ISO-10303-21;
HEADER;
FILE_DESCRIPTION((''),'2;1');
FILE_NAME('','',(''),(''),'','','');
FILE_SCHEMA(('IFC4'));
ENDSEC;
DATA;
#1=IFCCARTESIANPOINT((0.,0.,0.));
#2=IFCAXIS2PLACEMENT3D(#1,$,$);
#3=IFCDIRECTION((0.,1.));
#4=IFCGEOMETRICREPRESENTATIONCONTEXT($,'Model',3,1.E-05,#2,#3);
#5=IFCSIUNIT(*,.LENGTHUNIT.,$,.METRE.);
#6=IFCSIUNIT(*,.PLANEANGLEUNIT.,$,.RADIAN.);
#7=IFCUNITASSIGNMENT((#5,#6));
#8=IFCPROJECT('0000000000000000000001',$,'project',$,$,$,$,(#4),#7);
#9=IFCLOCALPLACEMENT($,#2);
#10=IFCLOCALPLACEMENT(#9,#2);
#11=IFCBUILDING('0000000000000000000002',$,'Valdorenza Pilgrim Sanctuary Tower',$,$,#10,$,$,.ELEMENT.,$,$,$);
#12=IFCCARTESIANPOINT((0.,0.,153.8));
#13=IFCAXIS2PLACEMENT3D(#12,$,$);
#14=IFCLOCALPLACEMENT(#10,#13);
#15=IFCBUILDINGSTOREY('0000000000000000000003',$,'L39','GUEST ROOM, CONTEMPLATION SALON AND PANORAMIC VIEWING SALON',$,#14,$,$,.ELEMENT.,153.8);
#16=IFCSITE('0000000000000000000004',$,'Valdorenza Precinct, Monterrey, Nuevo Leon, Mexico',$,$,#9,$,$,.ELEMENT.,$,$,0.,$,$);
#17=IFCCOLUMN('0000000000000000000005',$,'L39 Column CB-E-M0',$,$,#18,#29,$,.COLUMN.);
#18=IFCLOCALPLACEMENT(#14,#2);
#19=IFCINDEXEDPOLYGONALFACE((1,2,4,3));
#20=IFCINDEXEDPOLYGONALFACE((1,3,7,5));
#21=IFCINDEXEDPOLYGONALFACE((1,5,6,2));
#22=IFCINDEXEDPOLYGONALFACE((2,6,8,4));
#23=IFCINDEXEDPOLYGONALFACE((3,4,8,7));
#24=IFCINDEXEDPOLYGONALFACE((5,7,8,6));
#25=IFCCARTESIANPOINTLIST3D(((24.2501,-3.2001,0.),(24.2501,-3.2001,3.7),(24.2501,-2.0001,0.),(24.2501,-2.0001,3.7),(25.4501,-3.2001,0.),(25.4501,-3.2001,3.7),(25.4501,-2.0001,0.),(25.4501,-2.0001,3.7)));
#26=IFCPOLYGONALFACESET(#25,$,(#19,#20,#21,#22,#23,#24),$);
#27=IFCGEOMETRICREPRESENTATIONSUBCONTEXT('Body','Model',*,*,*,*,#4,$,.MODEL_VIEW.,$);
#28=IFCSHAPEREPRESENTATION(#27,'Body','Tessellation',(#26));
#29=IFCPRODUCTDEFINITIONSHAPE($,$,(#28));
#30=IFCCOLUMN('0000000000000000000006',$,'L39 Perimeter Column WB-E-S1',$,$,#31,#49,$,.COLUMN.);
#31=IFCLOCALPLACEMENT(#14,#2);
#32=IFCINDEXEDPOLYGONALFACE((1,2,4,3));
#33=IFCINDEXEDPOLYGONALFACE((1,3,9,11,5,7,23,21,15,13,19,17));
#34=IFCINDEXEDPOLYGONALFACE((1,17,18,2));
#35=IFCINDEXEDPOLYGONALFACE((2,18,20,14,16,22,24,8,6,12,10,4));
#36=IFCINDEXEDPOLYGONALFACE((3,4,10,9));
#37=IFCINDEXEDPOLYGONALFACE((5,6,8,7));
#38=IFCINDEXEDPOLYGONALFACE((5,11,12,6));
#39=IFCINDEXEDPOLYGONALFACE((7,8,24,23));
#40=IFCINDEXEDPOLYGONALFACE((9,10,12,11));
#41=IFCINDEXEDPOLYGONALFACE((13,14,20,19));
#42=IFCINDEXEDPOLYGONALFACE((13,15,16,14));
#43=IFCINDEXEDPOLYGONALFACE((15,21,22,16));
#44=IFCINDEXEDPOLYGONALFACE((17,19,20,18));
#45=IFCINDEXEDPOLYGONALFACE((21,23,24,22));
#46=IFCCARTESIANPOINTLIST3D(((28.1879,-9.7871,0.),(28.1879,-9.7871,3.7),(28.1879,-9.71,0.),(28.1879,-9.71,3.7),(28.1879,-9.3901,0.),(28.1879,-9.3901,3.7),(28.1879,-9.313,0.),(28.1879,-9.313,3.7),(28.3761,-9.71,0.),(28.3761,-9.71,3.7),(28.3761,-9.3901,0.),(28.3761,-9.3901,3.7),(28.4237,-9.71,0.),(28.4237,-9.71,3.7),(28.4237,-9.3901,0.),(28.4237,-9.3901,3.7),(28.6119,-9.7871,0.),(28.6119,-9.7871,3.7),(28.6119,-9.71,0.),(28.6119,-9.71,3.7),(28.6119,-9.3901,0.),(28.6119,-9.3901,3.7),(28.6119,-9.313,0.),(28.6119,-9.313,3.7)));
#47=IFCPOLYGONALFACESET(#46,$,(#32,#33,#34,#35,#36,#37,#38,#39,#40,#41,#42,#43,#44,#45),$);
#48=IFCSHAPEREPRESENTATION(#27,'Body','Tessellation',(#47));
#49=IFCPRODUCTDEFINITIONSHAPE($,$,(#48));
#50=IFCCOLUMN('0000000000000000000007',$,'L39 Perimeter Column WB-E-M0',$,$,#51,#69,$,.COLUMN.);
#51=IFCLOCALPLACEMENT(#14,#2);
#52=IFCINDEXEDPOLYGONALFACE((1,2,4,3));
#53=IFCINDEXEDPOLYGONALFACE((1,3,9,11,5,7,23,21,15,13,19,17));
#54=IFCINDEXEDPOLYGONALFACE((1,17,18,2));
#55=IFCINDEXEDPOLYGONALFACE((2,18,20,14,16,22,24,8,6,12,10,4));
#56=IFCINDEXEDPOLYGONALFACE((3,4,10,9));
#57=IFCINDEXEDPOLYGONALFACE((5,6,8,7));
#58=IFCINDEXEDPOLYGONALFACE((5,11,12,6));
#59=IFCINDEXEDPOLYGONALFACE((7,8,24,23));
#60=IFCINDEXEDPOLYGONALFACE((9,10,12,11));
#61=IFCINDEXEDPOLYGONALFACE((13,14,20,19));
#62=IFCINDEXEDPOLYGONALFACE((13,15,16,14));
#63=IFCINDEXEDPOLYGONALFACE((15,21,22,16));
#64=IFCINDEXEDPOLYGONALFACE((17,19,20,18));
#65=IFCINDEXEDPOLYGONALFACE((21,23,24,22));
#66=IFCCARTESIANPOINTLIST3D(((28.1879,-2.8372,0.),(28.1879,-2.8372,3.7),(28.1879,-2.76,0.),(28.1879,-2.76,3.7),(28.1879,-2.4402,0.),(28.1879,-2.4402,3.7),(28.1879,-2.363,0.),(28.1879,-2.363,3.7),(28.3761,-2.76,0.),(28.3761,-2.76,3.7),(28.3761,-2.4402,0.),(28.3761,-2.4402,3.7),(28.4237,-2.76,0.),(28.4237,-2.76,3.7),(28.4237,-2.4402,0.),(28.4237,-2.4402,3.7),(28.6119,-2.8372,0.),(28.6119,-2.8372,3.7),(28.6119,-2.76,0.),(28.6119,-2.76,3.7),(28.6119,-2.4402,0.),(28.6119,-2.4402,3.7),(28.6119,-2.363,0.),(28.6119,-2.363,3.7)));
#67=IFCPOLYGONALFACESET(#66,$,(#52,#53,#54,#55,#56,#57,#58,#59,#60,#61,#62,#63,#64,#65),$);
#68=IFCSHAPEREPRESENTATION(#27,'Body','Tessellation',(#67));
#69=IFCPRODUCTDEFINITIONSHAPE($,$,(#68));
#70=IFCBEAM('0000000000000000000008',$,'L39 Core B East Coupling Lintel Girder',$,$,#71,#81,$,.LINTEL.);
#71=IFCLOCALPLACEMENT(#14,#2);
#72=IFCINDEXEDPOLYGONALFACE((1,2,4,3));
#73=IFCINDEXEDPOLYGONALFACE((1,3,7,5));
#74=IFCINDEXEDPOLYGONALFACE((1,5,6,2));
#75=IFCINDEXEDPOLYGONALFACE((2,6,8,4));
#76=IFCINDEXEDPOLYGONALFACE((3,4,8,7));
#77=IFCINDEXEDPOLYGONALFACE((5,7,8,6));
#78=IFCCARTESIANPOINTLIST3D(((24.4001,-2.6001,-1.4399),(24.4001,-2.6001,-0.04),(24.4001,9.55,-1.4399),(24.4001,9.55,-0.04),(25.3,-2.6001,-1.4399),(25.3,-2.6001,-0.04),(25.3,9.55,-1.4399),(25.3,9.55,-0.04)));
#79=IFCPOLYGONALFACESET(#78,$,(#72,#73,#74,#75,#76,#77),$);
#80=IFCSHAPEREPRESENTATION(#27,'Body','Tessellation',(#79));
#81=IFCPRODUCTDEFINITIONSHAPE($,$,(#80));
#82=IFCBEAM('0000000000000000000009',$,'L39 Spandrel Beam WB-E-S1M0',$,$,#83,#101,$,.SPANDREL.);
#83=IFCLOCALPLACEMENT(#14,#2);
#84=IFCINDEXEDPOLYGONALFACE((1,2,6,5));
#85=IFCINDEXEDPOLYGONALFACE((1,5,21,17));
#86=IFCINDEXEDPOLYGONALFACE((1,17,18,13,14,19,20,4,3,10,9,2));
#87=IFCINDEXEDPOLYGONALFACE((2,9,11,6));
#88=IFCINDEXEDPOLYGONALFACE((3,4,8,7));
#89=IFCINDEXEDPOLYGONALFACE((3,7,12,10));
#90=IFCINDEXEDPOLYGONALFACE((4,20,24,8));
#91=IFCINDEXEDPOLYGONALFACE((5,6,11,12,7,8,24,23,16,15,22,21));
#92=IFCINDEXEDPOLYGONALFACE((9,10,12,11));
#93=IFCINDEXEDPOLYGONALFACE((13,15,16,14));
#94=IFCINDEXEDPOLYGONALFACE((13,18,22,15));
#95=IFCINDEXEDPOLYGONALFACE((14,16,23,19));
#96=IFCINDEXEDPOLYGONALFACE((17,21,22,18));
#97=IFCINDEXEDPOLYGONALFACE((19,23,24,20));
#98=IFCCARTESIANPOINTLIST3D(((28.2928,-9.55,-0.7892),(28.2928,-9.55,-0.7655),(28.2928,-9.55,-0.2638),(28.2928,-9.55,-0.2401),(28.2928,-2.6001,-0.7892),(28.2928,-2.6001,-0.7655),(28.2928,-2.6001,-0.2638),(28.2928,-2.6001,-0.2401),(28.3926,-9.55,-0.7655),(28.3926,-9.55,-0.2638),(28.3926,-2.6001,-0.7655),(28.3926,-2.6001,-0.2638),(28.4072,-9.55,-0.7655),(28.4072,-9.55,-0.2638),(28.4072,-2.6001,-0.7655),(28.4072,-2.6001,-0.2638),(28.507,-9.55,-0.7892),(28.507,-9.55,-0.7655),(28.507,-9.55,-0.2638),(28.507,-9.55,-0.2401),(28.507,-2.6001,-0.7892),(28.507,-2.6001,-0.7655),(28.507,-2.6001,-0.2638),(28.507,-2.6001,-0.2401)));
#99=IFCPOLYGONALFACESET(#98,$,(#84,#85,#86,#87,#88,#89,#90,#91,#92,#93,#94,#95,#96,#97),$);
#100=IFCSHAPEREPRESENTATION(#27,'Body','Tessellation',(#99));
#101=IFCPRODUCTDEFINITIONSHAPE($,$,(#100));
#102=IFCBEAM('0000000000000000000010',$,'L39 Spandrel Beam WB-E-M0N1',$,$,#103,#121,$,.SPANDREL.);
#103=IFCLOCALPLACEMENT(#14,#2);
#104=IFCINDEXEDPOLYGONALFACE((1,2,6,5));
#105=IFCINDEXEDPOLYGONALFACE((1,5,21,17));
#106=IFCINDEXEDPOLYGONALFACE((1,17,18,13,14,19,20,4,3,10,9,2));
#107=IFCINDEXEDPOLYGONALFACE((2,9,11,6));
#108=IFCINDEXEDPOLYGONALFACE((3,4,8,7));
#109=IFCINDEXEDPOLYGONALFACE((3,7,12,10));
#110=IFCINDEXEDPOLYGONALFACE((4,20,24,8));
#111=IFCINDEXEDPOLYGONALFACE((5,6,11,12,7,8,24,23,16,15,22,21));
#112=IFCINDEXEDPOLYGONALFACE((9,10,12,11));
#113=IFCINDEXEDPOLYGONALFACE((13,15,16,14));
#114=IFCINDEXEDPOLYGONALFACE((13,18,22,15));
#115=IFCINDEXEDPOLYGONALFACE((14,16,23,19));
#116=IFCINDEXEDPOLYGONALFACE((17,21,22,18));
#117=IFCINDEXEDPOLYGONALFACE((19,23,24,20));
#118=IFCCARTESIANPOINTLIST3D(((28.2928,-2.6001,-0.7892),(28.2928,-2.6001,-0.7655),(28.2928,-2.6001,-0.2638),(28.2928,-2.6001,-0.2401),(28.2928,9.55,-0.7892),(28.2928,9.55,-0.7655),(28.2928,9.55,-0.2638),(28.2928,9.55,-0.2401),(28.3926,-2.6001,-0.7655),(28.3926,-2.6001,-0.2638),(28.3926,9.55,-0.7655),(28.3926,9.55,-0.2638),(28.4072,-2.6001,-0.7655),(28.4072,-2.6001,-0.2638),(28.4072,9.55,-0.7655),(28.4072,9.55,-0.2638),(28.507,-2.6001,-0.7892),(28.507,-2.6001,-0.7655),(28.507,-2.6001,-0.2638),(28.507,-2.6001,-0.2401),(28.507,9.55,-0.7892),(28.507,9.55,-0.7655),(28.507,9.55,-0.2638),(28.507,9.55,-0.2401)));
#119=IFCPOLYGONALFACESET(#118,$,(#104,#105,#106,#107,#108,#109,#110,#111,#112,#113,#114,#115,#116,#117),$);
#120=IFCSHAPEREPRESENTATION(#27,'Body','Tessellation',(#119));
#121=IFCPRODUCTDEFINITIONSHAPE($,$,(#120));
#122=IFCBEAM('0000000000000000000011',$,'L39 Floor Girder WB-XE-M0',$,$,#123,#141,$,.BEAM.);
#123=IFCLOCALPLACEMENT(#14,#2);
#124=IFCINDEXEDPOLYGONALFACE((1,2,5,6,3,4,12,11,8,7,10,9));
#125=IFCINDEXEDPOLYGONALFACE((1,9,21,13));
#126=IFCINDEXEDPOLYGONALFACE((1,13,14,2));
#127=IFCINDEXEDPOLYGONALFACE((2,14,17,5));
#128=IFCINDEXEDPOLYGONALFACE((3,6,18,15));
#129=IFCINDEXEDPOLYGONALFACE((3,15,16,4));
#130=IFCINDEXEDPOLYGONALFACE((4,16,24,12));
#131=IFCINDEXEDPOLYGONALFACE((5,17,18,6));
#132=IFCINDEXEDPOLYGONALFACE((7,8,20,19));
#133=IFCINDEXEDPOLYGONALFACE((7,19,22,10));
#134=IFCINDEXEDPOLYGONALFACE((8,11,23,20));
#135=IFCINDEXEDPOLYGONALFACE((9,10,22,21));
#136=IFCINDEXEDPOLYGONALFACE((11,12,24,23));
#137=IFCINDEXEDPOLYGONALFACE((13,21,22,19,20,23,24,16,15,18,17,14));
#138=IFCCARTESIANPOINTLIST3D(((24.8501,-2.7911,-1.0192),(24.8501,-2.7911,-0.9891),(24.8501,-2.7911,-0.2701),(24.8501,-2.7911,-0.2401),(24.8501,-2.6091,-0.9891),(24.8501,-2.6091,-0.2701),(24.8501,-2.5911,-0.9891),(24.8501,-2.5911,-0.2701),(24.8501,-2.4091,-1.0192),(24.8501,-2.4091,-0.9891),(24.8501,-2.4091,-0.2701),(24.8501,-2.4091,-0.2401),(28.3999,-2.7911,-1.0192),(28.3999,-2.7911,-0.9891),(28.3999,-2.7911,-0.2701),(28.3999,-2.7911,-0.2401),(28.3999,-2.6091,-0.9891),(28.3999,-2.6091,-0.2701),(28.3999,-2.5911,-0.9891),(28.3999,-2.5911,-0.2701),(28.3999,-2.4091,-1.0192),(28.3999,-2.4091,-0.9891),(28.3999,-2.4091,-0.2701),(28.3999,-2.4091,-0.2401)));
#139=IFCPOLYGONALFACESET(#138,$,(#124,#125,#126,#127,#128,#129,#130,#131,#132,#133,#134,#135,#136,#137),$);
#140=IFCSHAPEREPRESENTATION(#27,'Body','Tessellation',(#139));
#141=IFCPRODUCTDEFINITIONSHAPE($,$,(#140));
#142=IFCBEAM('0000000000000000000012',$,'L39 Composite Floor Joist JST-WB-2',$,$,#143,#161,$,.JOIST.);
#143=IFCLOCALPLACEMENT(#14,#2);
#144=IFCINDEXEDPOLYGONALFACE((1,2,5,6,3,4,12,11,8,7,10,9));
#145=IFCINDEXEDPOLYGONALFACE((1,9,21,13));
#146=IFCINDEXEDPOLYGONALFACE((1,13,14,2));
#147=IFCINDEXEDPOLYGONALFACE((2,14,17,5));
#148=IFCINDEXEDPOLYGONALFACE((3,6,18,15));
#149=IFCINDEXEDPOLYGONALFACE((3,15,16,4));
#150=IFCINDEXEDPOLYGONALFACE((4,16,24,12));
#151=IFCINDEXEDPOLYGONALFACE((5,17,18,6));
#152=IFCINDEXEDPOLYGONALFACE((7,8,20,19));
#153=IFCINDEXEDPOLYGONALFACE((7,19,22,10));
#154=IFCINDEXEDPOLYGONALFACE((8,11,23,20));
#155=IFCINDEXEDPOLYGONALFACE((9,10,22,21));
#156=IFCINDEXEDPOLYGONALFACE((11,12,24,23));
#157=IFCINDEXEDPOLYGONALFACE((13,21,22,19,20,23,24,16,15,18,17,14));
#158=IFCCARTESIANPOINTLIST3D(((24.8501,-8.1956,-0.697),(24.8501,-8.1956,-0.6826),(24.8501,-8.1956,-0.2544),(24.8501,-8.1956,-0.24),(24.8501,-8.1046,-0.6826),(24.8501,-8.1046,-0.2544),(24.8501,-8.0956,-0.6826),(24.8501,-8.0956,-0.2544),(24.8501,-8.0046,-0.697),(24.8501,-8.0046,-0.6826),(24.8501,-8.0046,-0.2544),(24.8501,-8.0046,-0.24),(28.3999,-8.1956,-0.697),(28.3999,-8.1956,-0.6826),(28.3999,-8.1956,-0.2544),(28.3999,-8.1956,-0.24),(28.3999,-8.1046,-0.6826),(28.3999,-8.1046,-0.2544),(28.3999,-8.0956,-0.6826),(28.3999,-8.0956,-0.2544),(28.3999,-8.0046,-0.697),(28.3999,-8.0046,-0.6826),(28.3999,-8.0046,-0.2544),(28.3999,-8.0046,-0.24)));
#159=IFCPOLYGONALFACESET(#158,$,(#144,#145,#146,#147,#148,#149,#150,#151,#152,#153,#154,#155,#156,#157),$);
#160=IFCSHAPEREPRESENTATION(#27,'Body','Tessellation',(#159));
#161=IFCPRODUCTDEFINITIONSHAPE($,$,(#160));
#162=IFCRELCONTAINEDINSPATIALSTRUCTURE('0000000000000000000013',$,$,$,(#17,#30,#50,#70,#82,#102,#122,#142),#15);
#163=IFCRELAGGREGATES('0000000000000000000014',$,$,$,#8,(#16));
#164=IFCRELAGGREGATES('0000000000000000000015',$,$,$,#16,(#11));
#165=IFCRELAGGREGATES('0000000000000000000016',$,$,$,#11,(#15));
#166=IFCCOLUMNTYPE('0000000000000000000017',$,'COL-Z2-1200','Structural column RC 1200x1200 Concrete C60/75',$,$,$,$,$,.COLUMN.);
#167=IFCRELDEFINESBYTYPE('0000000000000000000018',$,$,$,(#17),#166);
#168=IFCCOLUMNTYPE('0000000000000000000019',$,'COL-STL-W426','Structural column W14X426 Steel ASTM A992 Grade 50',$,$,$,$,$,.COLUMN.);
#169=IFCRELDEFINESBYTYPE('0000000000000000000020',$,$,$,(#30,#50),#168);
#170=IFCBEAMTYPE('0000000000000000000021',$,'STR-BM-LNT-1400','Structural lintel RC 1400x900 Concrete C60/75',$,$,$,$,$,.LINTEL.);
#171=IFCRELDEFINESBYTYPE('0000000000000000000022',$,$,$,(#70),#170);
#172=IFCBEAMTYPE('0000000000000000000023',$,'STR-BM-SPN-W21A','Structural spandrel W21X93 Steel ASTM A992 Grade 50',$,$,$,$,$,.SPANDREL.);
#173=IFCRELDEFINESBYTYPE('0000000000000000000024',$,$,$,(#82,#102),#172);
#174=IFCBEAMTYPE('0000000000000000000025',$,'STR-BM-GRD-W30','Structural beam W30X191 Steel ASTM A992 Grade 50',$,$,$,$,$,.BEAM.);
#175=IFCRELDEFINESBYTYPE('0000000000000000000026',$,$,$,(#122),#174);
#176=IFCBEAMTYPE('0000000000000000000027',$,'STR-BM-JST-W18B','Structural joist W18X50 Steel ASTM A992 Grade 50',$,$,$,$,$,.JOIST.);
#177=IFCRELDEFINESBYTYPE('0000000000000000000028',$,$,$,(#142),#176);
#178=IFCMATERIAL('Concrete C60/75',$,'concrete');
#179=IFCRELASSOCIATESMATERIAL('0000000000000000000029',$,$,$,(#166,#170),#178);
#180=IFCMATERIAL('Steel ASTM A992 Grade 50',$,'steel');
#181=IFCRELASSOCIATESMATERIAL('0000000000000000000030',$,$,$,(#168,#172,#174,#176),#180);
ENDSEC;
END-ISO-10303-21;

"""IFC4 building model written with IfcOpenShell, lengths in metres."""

from ifc_helpers import new_model, si_unit, direction, frame, origin, origin_2d, place, context, subcontext, project, spatial, rectangle, i_section, extrude, source, transform, mapped, material, material_profile, profile_set, type_object, element, save


model = new_model("IFC4")

# Units and contexts
model_context = context("Model", 3, precision=1e-05, world=origin(), true_north=direction((0.0, 1.0)))
body_context = subcontext(model_context, "Body", "Model", "MODEL_VIEW")
ifc_project = project(units=[si_unit("LENGTHUNIT", "METRE"), si_unit("PLANEANGLEUNIT", "RADIAN")], contexts=[model_context])

# Site, building, storey
site_placement = place(None, origin())
site = spatial("IfcSite", under=ifc_project, at=site_placement, Name="Valdorenza Precinct, Monterrey, Nuevo Leon, Mexico", CompositionType="ELEMENT", RefElevation=0.0)
building_placement = place(site_placement, origin())
building = spatial("IfcBuilding", under=site, at=building_placement, Name="Valdorenza Pilgrim Sanctuary Tower", CompositionType="ELEMENT")
storey_placement = place(building_placement, frame((0.0, 0.0, 153.8)))
storey = spatial("IfcBuildingStorey", under=building, at=storey_placement, Name="L39", Description="GUEST ROOM, CONTEMPLATION SALON AND PANORAMIC VIEWING SALON", CompositionType="ELEMENT", Elevation=153.8)

# Columns
ifc_material_1 = material(Name="Concrete C60/75", Category="concrete")
ifc_material_profile_1 = material_profile(ifc_material_1, rectangle(XDim=1.2, YDim=1.2, at=origin_2d()), Name="RC 1200x1200")
ifc_profile_set_1 = profile_set([ifc_material_profile_1], Name="Concrete C60/75")
column_type_1 = type_object("IfcColumnType", Name="COL-Z2-1200", Description="Structural column RC 1200x1200 Concrete C60/75", PredefinedType="COLUMN", material=ifc_profile_set_1)
shared_shape_1 = source(origin(), body_context, "Body", "SweptSolid", [
    extrude(rectangle(XDim=1.2, YDim=1.2, at=origin_2d()), origin(), (0.0, 0.0, 1.0), 3.7),
])
column_placement = place(storey_placement, frame((24.8501, -2.6001, 0.0), z_axis=(0.0, 0.0, 1.0), x_axis=(1.0, 0.0, 0.0)))
element("IfcColumn", 1, at=column_placement, inside=storey, type_object=column_type_1, Name="L39 Column CB-E-M0", PredefinedType="COLUMN", context=body_context, shape_type="MappedRepresentation", body=[
    mapped(shared_shape_1, transform((0.0, 0.0, 0.0), x_axis=(1.0, 0.0, 0.0), y_axis=(0.0, 1.0, 0.0), z_axis=(0.0, 0.0, 1.0), scale=1.0)),
])
ifc_material_2 = material(Name="Steel ASTM A992 Grade 50", Category="steel")
ifc_material_profile_2 = material_profile(ifc_material_2, i_section(OverallWidth=0.4241, OverallDepth=0.4741, WebThickness=0.0476, FlangeThickness=0.0771, at=origin_2d()), Name="W14X426")
ifc_profile_set_2 = profile_set([ifc_material_profile_2], Name="Steel ASTM A992 Grade 50")
column_type_2 = type_object("IfcColumnType", Name="COL-STL-W426", Description="Structural column W14X426 Steel ASTM A992 Grade 50", PredefinedType="COLUMN", material=ifc_profile_set_2)
shared_shape_2 = source(origin(), body_context, "Body", "SweptSolid", [
    extrude(i_section(OverallWidth=0.4241, OverallDepth=0.4741, WebThickness=0.0476, FlangeThickness=0.0771, at=origin_2d()), origin(), (0.0, 0.0, 1.0), 3.7),
])
for number, where, z_axis, x_axis, name in (
    (2, (28.3999, -9.55, 0.0), (0.0, 0.0, 1.0), (1.0, 0.0, 0.0), "L39 Perimeter Column WB-E-S1"),
    (3, (28.3999, -2.6001, 0.0), (0.0, 0.0, 1.0), (1.0, 0.0, 0.0), "L39 Perimeter Column WB-E-M0"),
):
    element("IfcColumn", number, at=place(storey_placement, frame(where, z_axis=z_axis, x_axis=x_axis)), inside=storey, type_object=column_type_2, Name=name, PredefinedType="COLUMN", context=body_context, shape_type="MappedRepresentation", body=[
        mapped(shared_shape_2, transform((0.0, 0.0, 0.0), x_axis=(1.0, 0.0, 0.0), y_axis=(0.0, 1.0, 0.0), z_axis=(0.0, 0.0, 1.0), scale=1.0)),
    ])

# Beams
ifc_material_profile_3 = material_profile(ifc_material_1, rectangle(XDim=0.8999, YDim=1.3999, at=origin_2d()), Name="RC 1400x900")
ifc_profile_set_3 = profile_set([ifc_material_profile_3], Name="Concrete C60/75")
beam_type_1 = type_object("IfcBeamType", Name="STR-BM-LNT-1400", Description="Structural lintel RC 1400x900 Concrete C60/75", PredefinedType="LINTEL", material=ifc_profile_set_3)
shared_shape_3 = source(origin(), body_context, "Body", "SweptSolid", [
    extrude(rectangle(XDim=0.8999, YDim=1.3999, at=origin_2d()), origin(), (0.0, 0.0, 1.0), 12.1501),
])
beam_1_placement = place(storey_placement, frame((24.8501, -2.6001, -0.74), z_axis=(0.0, 1.0, 0.0), x_axis=(-1.0, 0.0, 0.0)))
element("IfcBeam", 4, at=beam_1_placement, inside=storey, type_object=beam_type_1, Name="L39 Core B East Coupling Lintel Girder", PredefinedType="LINTEL", context=body_context, shape_type="MappedRepresentation", body=[
    mapped(shared_shape_3, transform((0.0, 0.0, 0.0), x_axis=(1.0, 0.0, 0.0), y_axis=(0.0, 1.0, 0.0), z_axis=(0.0, 0.0, 1.0), scale=1.0)),
])
ifc_material_profile_4 = material_profile(ifc_material_2, i_section(OverallWidth=0.2141, OverallDepth=0.5491, WebThickness=0.0146, FlangeThickness=0.0237, at=origin_2d()), Name="W21X93")
ifc_profile_set_4 = profile_set([ifc_material_profile_4], Name="Steel ASTM A992 Grade 50")
beam_type_2 = type_object("IfcBeamType", Name="STR-BM-SPN-W21A", Description="Structural spandrel W21X93 Steel ASTM A992 Grade 50", PredefinedType="SPANDREL", material=ifc_profile_set_4)
shared_shape_4 = source(origin(), body_context, "Body", "SweptSolid", [
    extrude(i_section(OverallWidth=0.2141, OverallDepth=0.5491, WebThickness=0.0146, FlangeThickness=0.0237, at=origin_2d()), origin(), (0.0, 0.0, 1.0), 6.95),
])
beam_2_placement = place(storey_placement, frame((28.3999, -9.55, -0.5146), z_axis=(0.0, 1.0, 0.0), x_axis=(-1.0, 0.0, 0.0)))
element("IfcBeam", 5, at=beam_2_placement, inside=storey, type_object=beam_type_2, Name="L39 Spandrel Beam WB-E-S1M0", PredefinedType="SPANDREL", context=body_context, shape_type="MappedRepresentation", body=[
    mapped(shared_shape_4, transform((0.0, 0.0, 0.0), x_axis=(1.0, 0.0, 0.0), y_axis=(0.0, 1.0, 0.0), z_axis=(0.0, 0.0, 1.0), scale=1.0)),
])
shared_shape_5 = source(origin(), body_context, "Body", "SweptSolid", [
    extrude(i_section(OverallWidth=0.2141, OverallDepth=0.5491, WebThickness=0.0146, FlangeThickness=0.0237, at=origin_2d()), origin(), (0.0, 0.0, 1.0), 12.1501),
])
beam_3_placement = place(storey_placement, frame((28.3999, -2.6001, -0.5146), z_axis=(0.0, 1.0, 0.0), x_axis=(-1.0, 0.0, 0.0)))
element("IfcBeam", 6, at=beam_3_placement, inside=storey, type_object=beam_type_2, Name="L39 Spandrel Beam WB-E-M0N1", PredefinedType="SPANDREL", context=body_context, shape_type="MappedRepresentation", body=[
    mapped(shared_shape_5, transform((0.0, 0.0, 0.0), x_axis=(1.0, 0.0, 0.0), y_axis=(0.0, 1.0, 0.0), z_axis=(0.0, 0.0, 1.0), scale=1.0)),
])
ifc_material_profile_5 = material_profile(ifc_material_2, i_section(OverallWidth=0.3821, OverallDepth=0.7791, WebThickness=0.0181, FlangeThickness=0.03, at=origin_2d()), Name="W30X191")
ifc_profile_set_5 = profile_set([ifc_material_profile_5], Name="Steel ASTM A992 Grade 50")
beam_type_3 = type_object("IfcBeamType", Name="STR-BM-GRD-W30", Description="Structural beam W30X191 Steel ASTM A992 Grade 50", PredefinedType="BEAM", material=ifc_profile_set_5)
shared_shape_6 = source(origin(), body_context, "Body", "SweptSolid", [
    extrude(i_section(OverallWidth=0.3821, OverallDepth=0.7791, WebThickness=0.0181, FlangeThickness=0.03, at=origin_2d()), origin(), (0.0, 0.0, 1.0), 3.5498),
])
beam_4_placement = place(storey_placement, frame((24.8501, -2.6001, -0.6296), z_axis=(1.0, 0.0, 0.0), x_axis=(0.0, 1.0, 0.0)))
element("IfcBeam", 7, at=beam_4_placement, inside=storey, type_object=beam_type_3, Name="L39 Floor Girder WB-XE-M0", PredefinedType="BEAM", context=body_context, shape_type="MappedRepresentation", body=[
    mapped(shared_shape_6, transform((0.0, 0.0, 0.0), x_axis=(1.0, 0.0, 0.0), y_axis=(0.0, 1.0, 0.0), z_axis=(0.0, 0.0, 1.0), scale=1.0)),
])
ifc_material_profile_6 = material_profile(ifc_material_2, i_section(OverallWidth=0.1909, OverallDepth=0.457, WebThickness=0.009, FlangeThickness=0.0144, at=origin_2d()), Name="W18X50")
ifc_profile_set_6 = profile_set([ifc_material_profile_6], Name="Steel ASTM A992 Grade 50")
beam_type_4 = type_object("IfcBeamType", Name="STR-BM-JST-W18B", Description="Structural joist W18X50 Steel ASTM A992 Grade 50", PredefinedType="JOIST", material=ifc_profile_set_6)
shared_shape_7 = source(origin(), body_context, "Body", "SweptSolid", [
    extrude(i_section(OverallWidth=0.1909, OverallDepth=0.457, WebThickness=0.009, FlangeThickness=0.0144, at=origin_2d()), origin(), (0.0, 0.0, 1.0), 3.5498),
])
for number, where, z_axis, x_axis, name in (
    (8, (24.8501, -8.1001, -0.4685), (1.0, 0.0, 0.0), (0.0, 1.0, 0.0), "L39 Composite Floor Joist JST-WB-2"),
):
    element("IfcBeam", number, at=place(storey_placement, frame(where, z_axis=z_axis, x_axis=x_axis)), inside=storey, type_object=beam_type_4, Name=name, PredefinedType="JOIST", context=body_context, shape_type="MappedRepresentation", body=[
        mapped(shared_shape_7, transform((0.0, 0.0, 0.0), x_axis=(1.0, 0.0, 0.0), y_axis=(0.0, 1.0, 0.0), z_axis=(0.0, 0.0, 1.0), scale=1.0)),
    ])

save(model, "model.ifc")
